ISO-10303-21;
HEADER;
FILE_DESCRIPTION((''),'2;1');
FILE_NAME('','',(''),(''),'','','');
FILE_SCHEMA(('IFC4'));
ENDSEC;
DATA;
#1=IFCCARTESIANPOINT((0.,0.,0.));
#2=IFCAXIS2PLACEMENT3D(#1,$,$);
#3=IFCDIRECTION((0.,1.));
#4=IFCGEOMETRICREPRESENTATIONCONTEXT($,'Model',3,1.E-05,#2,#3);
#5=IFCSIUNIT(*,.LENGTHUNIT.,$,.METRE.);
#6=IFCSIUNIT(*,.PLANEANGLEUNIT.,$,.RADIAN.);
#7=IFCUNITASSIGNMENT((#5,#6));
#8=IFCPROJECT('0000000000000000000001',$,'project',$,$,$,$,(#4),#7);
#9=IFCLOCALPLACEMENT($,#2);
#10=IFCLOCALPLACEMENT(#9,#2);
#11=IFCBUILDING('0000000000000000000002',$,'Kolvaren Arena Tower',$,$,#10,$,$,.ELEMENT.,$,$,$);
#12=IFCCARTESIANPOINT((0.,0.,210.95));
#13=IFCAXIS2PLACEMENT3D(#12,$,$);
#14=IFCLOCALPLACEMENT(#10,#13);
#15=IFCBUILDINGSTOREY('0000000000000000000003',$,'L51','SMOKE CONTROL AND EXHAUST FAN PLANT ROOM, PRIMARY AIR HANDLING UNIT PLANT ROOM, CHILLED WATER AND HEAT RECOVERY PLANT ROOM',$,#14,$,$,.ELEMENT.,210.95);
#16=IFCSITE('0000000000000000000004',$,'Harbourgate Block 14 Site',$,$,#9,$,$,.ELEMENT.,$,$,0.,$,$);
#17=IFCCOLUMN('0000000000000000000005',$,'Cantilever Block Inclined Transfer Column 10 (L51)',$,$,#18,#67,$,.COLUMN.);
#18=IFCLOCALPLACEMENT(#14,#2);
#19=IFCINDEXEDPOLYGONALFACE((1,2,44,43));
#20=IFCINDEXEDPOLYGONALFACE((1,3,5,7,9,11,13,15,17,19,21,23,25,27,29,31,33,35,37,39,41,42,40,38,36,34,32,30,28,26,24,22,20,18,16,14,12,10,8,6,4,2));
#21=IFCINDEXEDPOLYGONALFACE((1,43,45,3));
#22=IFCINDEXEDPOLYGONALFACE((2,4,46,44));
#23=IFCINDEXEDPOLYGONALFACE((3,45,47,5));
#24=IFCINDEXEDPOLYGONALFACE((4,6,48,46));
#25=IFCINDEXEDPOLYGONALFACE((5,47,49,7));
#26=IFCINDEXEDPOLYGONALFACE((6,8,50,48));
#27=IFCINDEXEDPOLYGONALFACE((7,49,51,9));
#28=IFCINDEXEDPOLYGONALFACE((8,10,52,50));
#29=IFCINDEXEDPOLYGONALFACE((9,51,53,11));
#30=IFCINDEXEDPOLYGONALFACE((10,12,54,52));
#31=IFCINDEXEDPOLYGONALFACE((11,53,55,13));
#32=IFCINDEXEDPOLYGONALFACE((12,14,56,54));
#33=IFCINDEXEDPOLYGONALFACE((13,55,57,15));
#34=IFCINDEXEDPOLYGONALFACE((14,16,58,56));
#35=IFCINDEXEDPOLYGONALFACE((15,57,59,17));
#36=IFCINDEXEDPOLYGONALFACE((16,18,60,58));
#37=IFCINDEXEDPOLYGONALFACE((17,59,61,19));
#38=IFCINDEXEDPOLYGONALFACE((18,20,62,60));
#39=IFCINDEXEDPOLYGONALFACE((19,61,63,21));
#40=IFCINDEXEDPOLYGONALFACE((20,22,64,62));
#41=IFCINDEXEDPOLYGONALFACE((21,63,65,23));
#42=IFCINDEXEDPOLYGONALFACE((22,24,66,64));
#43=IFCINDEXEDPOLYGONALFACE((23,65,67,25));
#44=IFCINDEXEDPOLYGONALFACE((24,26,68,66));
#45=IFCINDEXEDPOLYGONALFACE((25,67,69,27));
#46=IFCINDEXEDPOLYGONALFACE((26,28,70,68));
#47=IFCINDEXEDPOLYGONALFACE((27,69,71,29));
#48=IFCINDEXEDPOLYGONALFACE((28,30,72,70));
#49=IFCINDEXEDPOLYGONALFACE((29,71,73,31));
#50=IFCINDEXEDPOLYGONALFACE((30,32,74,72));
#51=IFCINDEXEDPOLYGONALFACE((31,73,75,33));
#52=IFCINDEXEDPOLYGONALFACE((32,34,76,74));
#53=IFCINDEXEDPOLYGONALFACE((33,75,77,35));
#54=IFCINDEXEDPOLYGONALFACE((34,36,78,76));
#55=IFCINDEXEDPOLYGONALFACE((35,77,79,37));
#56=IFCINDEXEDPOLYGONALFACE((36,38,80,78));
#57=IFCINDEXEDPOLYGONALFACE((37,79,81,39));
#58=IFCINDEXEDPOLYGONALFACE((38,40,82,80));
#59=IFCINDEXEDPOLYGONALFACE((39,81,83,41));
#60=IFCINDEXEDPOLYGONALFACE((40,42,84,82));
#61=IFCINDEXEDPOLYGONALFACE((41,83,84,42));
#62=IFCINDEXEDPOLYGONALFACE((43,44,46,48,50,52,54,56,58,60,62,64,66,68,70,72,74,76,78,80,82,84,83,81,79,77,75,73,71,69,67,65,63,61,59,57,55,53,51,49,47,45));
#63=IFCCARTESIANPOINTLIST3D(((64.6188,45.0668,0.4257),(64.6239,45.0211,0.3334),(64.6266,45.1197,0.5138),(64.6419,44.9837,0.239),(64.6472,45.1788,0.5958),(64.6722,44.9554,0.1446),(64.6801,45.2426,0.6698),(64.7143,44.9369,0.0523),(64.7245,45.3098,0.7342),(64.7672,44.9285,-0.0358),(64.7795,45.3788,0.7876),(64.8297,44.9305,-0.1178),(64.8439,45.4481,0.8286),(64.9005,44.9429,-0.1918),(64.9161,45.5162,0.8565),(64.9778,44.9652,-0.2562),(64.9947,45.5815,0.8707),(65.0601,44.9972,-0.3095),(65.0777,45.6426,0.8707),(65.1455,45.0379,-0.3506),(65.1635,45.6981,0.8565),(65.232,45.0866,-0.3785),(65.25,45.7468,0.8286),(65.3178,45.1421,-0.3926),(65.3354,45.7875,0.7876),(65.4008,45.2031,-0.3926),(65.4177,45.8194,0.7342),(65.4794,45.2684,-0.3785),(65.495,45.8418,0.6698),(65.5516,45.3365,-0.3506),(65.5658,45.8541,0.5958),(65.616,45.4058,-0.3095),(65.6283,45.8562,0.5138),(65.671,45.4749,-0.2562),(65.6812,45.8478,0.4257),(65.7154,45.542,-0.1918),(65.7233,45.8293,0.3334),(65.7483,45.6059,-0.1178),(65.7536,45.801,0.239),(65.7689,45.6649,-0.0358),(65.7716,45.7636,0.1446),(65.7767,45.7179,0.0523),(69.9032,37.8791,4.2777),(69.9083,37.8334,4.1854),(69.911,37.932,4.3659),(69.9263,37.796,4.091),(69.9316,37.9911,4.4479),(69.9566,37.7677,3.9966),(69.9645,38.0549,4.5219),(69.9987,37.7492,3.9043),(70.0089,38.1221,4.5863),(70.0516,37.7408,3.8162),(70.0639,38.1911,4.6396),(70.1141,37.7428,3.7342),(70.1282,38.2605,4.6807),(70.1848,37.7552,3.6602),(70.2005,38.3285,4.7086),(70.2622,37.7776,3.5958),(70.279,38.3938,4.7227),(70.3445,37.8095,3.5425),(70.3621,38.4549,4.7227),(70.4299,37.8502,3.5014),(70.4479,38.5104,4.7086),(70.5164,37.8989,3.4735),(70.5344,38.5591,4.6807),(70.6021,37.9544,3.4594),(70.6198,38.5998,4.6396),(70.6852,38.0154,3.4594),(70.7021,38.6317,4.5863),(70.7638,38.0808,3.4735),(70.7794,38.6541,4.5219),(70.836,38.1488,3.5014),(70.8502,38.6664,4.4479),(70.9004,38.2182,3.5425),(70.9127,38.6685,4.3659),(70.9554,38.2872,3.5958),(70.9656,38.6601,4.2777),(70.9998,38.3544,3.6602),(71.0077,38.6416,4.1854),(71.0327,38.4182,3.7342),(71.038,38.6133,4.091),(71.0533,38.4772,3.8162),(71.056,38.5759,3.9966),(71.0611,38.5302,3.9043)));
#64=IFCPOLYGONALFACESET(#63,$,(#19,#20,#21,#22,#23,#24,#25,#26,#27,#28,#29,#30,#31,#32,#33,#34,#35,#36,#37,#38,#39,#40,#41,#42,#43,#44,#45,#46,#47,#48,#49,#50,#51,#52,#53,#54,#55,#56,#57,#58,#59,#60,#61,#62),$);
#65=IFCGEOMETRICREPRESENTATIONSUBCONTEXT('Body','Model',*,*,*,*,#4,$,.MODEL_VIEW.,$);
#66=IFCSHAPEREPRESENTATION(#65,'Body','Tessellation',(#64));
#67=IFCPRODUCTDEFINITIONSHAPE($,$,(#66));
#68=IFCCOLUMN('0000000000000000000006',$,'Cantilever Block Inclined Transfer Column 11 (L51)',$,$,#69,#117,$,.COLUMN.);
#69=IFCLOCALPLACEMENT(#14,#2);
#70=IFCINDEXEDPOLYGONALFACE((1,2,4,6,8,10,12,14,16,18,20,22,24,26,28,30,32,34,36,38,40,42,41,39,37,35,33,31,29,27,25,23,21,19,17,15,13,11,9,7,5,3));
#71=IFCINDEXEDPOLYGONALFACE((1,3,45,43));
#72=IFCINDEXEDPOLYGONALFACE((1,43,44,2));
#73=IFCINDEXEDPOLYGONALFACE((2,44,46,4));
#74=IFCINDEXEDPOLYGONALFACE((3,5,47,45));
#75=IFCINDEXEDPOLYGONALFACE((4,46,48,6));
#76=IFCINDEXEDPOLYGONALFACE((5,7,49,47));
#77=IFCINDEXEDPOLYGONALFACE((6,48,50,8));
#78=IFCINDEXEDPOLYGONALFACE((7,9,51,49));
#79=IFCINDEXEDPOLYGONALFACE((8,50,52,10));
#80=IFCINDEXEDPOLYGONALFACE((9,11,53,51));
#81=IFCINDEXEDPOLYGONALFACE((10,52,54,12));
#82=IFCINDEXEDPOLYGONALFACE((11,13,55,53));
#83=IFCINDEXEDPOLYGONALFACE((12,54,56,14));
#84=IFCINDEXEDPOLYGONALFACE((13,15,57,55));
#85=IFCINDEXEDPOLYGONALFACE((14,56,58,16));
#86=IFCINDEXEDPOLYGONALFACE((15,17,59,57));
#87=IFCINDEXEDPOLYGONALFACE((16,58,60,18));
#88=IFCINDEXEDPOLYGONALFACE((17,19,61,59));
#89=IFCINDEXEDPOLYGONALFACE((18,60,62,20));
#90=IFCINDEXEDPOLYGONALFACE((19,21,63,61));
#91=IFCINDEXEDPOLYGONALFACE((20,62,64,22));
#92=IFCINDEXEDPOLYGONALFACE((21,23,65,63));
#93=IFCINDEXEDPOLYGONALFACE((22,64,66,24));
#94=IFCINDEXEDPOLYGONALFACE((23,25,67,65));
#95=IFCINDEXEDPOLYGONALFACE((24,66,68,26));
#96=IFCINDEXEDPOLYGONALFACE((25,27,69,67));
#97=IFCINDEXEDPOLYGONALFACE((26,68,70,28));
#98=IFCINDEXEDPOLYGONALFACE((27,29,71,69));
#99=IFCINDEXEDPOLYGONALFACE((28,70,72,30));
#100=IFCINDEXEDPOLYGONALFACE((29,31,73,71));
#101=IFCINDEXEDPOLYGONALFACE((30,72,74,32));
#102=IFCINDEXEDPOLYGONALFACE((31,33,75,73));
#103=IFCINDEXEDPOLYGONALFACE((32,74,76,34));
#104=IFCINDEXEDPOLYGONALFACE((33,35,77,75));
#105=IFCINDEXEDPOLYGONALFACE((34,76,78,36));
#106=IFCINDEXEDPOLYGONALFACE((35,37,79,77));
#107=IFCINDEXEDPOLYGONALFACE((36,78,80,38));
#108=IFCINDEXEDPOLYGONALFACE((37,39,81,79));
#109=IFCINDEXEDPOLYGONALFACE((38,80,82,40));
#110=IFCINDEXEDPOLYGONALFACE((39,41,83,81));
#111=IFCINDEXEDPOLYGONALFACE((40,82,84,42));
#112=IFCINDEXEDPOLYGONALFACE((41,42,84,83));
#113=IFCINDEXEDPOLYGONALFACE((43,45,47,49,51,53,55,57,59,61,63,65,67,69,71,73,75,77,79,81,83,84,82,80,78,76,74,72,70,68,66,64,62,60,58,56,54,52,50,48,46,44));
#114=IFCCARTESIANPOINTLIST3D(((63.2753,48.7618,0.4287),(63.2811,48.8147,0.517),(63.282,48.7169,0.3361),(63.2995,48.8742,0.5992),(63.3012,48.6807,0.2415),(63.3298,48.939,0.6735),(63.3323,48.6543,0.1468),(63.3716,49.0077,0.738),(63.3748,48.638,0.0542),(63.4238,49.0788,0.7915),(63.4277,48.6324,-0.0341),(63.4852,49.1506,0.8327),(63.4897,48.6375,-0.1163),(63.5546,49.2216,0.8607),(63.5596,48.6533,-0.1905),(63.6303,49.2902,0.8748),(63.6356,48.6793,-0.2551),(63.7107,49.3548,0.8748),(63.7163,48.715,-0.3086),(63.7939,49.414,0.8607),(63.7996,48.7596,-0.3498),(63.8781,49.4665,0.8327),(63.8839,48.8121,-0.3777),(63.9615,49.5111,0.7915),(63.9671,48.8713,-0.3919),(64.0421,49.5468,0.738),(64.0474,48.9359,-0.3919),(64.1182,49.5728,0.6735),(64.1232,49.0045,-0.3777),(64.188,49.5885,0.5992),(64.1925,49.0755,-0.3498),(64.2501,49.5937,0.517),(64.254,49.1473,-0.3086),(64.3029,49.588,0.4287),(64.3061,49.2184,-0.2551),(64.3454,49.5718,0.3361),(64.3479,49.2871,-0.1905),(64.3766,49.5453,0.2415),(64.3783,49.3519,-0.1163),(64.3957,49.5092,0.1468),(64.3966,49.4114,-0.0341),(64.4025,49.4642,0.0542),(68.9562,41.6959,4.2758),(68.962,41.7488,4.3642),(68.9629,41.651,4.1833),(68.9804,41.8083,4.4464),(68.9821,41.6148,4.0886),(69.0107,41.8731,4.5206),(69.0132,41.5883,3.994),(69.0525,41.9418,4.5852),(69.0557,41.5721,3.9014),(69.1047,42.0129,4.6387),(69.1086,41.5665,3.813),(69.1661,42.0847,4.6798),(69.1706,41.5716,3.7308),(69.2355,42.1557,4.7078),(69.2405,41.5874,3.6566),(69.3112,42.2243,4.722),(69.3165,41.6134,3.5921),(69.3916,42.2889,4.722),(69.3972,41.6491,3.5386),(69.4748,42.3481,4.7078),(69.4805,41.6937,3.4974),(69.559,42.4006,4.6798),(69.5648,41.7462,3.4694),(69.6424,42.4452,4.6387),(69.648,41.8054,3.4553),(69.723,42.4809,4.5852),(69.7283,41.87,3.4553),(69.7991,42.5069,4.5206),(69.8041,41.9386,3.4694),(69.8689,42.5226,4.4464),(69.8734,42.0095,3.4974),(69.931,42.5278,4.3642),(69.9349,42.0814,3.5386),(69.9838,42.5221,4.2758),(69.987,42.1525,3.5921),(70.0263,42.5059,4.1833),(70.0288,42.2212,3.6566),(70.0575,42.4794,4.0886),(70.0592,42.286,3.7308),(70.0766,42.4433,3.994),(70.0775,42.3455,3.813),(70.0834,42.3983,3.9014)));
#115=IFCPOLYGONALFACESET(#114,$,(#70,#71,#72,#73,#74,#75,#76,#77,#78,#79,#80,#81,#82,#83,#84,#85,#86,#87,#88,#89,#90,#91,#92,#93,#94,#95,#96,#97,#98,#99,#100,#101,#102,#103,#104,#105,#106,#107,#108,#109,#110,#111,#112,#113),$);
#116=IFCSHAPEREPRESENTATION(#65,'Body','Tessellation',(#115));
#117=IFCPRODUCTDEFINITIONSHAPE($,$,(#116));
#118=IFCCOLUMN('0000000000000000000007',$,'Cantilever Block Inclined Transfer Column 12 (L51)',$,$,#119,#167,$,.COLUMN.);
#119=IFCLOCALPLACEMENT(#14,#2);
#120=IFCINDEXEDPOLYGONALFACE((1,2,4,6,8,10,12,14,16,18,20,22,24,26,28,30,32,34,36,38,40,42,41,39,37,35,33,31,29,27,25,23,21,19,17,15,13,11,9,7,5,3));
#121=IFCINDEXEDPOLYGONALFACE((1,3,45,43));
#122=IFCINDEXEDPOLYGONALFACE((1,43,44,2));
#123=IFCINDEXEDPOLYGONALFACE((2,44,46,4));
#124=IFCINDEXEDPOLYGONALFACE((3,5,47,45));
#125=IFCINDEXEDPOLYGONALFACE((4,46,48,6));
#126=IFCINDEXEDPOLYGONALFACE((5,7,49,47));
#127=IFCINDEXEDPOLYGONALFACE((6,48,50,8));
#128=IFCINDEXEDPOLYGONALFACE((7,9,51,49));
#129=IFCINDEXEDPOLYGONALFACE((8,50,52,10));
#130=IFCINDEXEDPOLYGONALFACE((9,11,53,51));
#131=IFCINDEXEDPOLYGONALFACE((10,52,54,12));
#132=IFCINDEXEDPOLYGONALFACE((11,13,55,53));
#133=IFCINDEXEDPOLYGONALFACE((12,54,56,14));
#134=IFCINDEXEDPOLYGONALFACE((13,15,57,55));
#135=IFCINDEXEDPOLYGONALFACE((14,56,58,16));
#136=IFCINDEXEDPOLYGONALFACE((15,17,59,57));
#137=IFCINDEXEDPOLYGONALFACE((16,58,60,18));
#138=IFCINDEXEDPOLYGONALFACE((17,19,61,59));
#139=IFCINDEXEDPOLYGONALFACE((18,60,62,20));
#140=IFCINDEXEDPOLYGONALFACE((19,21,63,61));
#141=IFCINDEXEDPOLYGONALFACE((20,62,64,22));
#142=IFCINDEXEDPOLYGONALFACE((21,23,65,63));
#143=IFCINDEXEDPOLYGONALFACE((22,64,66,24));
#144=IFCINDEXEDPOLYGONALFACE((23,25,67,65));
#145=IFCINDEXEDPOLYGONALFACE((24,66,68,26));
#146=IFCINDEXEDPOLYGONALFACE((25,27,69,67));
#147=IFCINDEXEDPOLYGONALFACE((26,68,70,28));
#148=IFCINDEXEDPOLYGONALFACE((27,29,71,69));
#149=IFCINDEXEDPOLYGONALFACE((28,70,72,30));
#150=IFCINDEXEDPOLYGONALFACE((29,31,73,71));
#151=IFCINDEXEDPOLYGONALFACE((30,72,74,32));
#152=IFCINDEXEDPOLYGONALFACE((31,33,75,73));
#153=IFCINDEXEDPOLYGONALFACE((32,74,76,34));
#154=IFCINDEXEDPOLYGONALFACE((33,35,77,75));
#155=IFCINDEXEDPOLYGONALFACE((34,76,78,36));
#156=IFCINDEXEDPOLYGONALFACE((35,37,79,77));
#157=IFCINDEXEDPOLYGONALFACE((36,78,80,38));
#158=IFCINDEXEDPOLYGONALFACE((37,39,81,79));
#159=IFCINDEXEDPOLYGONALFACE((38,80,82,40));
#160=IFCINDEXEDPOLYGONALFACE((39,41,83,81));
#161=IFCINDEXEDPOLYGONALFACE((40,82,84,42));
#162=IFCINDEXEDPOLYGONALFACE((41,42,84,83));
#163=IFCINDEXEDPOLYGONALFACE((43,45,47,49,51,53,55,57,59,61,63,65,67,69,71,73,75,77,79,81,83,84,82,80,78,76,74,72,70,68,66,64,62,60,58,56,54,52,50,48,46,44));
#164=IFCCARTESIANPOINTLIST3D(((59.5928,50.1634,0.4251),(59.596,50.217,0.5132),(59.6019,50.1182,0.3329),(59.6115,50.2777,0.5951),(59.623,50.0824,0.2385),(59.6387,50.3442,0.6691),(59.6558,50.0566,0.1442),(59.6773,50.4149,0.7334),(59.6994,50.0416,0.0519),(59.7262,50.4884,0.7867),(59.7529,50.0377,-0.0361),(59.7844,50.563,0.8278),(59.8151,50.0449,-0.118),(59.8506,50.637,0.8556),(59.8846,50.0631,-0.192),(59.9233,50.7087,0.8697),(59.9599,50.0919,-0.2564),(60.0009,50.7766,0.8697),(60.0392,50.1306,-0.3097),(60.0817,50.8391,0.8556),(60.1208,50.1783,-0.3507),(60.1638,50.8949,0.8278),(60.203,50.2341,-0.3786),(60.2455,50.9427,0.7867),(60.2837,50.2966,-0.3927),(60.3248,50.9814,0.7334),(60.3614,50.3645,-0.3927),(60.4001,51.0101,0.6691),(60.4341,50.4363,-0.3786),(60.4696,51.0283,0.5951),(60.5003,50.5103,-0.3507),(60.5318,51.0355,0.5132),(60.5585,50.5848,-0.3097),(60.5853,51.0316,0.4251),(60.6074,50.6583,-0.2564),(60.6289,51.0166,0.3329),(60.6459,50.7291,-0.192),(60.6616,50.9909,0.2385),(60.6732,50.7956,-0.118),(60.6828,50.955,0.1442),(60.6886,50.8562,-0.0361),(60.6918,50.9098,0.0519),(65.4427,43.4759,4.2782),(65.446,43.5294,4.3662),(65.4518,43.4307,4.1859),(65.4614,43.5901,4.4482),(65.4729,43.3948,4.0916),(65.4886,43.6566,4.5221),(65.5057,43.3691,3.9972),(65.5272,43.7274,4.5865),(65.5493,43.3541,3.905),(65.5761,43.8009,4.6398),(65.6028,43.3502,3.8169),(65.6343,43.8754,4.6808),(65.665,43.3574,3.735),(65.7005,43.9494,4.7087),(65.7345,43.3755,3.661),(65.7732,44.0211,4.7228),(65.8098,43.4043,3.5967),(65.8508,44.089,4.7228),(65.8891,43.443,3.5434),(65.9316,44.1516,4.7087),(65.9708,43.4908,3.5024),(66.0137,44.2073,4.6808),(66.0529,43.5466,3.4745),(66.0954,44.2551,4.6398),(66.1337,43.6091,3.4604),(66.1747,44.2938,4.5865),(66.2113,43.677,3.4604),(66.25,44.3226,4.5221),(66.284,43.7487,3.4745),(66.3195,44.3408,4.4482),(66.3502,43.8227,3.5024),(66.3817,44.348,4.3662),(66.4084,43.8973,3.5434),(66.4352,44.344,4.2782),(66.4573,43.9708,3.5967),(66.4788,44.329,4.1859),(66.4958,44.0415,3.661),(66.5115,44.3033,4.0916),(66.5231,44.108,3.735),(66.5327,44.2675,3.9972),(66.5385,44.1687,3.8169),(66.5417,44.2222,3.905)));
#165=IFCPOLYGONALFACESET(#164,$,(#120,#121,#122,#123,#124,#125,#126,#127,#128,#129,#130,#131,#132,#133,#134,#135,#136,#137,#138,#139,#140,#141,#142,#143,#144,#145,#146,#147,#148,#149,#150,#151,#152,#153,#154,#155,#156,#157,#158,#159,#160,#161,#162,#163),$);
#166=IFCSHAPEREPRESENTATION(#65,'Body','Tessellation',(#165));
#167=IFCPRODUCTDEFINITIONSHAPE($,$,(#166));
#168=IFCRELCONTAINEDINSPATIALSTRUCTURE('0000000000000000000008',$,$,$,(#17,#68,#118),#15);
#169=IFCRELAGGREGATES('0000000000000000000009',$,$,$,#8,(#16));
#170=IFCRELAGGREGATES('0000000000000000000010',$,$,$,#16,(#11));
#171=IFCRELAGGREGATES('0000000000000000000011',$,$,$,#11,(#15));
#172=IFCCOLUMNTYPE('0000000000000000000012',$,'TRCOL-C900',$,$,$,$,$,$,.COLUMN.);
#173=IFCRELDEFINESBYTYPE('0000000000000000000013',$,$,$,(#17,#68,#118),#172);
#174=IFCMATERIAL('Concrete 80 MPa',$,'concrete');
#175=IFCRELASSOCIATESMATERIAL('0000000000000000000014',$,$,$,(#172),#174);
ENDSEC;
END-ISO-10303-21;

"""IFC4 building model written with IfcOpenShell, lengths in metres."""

from ifc_helpers import new_model, si_unit, direction, frame, origin, origin_2d, place, context, subcontext, project, spatial, circle, extrude, material, material_profile, profile_set, type_object, element, save


model = new_model("IFC4")

# Units and contexts
model_context = context("Model", 3, precision=1e-05, world=origin(), true_north=direction((0.0, 1.0)))
body_context = subcontext(model_context, "Body", "Model", "MODEL_VIEW")
ifc_project = project(units=[si_unit("LENGTHUNIT", "METRE"), si_unit("PLANEANGLEUNIT", "RADIAN")], contexts=[model_context])

# Site, building, storey
site_placement = place(None, origin())
site = spatial("IfcSite", under=ifc_project, at=site_placement, Name="Harbourgate Block 14 Site", CompositionType="ELEMENT", RefElevation=0.0)
building_placement = place(site_placement, origin())
building = spatial("IfcBuilding", under=site, at=building_placement, Name="Kolvaren Arena Tower", CompositionType="ELEMENT")
storey_placement = place(building_placement, frame((0.0, 0.0, 210.95)))
storey = spatial("IfcBuildingStorey", under=building, at=storey_placement, Name="L51", Description="SMOKE CONTROL AND EXHAUST FAN PLANT ROOM, PRIMARY AIR HANDLING UNIT PLANT ROOM, CHILLED WATER AND HEAT RECOVERY PLANT ROOM", CompositionType="ELEMENT", Elevation=210.95)

# Columns
ifc_material_1 = material(Name="Concrete 80 MPa", Category="concrete")
ifc_material_profile_1 = material_profile(ifc_material_1, circle(Radius=0.6899, at=origin_2d()), Name="RC-CIRC-1380")
ifc_profile_set_1 = profile_set([ifc_material_profile_1], Name="Concrete 80 MPa")
column_type = type_object("IfcColumnType", Name="TRCOL-C900", PredefinedType="COLUMN", material=ifc_profile_set_1)
column_1_placement = place(storey_placement, frame((65.1978, 45.3923, 0.239), z_axis=(0.543813, -0.739681, 0.396409), x_axis=(0.805688, 0.592341, 0.0)))
element("IfcColumn", 1, at=column_1_placement, inside=storey, type_object=column_type, Name="Cantilever Block Inclined Transfer Column 10 (L51)", PredefinedType="COLUMN", context=body_context, shape_type="SweptSolid", body=[
    extrude(circle(Radius=0.6899, at=origin_2d()), origin(), (0.0, 0.0, 1.0), 9.7173),
])
column_2_placement = place(storey_placement, frame((63.8389, 49.113, 0.2415), z_axis=(0.576807, -0.717433, 0.390619), x_axis=(0.779351, 0.626588, 0.0)))
element("IfcColumn", 2, at=column_2_placement, inside=storey, type_object=column_type, Name="Cantilever Block Inclined Transfer Column 11 (L51)", PredefinedType="COLUMN", context=body_context, shape_type="SweptSolid", body=[
    extrude(circle(Radius=0.6899, at=origin_2d()), origin(), (0.0, 0.0, 1.0), 9.8489),
])
column_3_placement = place(storey_placement, frame((60.1423, 50.5366, 0.2385), z_axis=(0.604044, -0.690537, 0.397856), x_axis=(0.752672, 0.658396, 0.0)))
element("IfcColumn", 3, at=column_3_placement, inside=storey, type_object=column_type, Name="Cantilever Block Inclined Transfer Column 12 (L51)", PredefinedType="COLUMN", context=body_context, shape_type="SweptSolid", body=[
    extrude(circle(Radius=0.6899, at=origin_2d()), origin(), (0.0, 0.0, 1.0), 9.6846),
])

save(model, "model.ifc")
